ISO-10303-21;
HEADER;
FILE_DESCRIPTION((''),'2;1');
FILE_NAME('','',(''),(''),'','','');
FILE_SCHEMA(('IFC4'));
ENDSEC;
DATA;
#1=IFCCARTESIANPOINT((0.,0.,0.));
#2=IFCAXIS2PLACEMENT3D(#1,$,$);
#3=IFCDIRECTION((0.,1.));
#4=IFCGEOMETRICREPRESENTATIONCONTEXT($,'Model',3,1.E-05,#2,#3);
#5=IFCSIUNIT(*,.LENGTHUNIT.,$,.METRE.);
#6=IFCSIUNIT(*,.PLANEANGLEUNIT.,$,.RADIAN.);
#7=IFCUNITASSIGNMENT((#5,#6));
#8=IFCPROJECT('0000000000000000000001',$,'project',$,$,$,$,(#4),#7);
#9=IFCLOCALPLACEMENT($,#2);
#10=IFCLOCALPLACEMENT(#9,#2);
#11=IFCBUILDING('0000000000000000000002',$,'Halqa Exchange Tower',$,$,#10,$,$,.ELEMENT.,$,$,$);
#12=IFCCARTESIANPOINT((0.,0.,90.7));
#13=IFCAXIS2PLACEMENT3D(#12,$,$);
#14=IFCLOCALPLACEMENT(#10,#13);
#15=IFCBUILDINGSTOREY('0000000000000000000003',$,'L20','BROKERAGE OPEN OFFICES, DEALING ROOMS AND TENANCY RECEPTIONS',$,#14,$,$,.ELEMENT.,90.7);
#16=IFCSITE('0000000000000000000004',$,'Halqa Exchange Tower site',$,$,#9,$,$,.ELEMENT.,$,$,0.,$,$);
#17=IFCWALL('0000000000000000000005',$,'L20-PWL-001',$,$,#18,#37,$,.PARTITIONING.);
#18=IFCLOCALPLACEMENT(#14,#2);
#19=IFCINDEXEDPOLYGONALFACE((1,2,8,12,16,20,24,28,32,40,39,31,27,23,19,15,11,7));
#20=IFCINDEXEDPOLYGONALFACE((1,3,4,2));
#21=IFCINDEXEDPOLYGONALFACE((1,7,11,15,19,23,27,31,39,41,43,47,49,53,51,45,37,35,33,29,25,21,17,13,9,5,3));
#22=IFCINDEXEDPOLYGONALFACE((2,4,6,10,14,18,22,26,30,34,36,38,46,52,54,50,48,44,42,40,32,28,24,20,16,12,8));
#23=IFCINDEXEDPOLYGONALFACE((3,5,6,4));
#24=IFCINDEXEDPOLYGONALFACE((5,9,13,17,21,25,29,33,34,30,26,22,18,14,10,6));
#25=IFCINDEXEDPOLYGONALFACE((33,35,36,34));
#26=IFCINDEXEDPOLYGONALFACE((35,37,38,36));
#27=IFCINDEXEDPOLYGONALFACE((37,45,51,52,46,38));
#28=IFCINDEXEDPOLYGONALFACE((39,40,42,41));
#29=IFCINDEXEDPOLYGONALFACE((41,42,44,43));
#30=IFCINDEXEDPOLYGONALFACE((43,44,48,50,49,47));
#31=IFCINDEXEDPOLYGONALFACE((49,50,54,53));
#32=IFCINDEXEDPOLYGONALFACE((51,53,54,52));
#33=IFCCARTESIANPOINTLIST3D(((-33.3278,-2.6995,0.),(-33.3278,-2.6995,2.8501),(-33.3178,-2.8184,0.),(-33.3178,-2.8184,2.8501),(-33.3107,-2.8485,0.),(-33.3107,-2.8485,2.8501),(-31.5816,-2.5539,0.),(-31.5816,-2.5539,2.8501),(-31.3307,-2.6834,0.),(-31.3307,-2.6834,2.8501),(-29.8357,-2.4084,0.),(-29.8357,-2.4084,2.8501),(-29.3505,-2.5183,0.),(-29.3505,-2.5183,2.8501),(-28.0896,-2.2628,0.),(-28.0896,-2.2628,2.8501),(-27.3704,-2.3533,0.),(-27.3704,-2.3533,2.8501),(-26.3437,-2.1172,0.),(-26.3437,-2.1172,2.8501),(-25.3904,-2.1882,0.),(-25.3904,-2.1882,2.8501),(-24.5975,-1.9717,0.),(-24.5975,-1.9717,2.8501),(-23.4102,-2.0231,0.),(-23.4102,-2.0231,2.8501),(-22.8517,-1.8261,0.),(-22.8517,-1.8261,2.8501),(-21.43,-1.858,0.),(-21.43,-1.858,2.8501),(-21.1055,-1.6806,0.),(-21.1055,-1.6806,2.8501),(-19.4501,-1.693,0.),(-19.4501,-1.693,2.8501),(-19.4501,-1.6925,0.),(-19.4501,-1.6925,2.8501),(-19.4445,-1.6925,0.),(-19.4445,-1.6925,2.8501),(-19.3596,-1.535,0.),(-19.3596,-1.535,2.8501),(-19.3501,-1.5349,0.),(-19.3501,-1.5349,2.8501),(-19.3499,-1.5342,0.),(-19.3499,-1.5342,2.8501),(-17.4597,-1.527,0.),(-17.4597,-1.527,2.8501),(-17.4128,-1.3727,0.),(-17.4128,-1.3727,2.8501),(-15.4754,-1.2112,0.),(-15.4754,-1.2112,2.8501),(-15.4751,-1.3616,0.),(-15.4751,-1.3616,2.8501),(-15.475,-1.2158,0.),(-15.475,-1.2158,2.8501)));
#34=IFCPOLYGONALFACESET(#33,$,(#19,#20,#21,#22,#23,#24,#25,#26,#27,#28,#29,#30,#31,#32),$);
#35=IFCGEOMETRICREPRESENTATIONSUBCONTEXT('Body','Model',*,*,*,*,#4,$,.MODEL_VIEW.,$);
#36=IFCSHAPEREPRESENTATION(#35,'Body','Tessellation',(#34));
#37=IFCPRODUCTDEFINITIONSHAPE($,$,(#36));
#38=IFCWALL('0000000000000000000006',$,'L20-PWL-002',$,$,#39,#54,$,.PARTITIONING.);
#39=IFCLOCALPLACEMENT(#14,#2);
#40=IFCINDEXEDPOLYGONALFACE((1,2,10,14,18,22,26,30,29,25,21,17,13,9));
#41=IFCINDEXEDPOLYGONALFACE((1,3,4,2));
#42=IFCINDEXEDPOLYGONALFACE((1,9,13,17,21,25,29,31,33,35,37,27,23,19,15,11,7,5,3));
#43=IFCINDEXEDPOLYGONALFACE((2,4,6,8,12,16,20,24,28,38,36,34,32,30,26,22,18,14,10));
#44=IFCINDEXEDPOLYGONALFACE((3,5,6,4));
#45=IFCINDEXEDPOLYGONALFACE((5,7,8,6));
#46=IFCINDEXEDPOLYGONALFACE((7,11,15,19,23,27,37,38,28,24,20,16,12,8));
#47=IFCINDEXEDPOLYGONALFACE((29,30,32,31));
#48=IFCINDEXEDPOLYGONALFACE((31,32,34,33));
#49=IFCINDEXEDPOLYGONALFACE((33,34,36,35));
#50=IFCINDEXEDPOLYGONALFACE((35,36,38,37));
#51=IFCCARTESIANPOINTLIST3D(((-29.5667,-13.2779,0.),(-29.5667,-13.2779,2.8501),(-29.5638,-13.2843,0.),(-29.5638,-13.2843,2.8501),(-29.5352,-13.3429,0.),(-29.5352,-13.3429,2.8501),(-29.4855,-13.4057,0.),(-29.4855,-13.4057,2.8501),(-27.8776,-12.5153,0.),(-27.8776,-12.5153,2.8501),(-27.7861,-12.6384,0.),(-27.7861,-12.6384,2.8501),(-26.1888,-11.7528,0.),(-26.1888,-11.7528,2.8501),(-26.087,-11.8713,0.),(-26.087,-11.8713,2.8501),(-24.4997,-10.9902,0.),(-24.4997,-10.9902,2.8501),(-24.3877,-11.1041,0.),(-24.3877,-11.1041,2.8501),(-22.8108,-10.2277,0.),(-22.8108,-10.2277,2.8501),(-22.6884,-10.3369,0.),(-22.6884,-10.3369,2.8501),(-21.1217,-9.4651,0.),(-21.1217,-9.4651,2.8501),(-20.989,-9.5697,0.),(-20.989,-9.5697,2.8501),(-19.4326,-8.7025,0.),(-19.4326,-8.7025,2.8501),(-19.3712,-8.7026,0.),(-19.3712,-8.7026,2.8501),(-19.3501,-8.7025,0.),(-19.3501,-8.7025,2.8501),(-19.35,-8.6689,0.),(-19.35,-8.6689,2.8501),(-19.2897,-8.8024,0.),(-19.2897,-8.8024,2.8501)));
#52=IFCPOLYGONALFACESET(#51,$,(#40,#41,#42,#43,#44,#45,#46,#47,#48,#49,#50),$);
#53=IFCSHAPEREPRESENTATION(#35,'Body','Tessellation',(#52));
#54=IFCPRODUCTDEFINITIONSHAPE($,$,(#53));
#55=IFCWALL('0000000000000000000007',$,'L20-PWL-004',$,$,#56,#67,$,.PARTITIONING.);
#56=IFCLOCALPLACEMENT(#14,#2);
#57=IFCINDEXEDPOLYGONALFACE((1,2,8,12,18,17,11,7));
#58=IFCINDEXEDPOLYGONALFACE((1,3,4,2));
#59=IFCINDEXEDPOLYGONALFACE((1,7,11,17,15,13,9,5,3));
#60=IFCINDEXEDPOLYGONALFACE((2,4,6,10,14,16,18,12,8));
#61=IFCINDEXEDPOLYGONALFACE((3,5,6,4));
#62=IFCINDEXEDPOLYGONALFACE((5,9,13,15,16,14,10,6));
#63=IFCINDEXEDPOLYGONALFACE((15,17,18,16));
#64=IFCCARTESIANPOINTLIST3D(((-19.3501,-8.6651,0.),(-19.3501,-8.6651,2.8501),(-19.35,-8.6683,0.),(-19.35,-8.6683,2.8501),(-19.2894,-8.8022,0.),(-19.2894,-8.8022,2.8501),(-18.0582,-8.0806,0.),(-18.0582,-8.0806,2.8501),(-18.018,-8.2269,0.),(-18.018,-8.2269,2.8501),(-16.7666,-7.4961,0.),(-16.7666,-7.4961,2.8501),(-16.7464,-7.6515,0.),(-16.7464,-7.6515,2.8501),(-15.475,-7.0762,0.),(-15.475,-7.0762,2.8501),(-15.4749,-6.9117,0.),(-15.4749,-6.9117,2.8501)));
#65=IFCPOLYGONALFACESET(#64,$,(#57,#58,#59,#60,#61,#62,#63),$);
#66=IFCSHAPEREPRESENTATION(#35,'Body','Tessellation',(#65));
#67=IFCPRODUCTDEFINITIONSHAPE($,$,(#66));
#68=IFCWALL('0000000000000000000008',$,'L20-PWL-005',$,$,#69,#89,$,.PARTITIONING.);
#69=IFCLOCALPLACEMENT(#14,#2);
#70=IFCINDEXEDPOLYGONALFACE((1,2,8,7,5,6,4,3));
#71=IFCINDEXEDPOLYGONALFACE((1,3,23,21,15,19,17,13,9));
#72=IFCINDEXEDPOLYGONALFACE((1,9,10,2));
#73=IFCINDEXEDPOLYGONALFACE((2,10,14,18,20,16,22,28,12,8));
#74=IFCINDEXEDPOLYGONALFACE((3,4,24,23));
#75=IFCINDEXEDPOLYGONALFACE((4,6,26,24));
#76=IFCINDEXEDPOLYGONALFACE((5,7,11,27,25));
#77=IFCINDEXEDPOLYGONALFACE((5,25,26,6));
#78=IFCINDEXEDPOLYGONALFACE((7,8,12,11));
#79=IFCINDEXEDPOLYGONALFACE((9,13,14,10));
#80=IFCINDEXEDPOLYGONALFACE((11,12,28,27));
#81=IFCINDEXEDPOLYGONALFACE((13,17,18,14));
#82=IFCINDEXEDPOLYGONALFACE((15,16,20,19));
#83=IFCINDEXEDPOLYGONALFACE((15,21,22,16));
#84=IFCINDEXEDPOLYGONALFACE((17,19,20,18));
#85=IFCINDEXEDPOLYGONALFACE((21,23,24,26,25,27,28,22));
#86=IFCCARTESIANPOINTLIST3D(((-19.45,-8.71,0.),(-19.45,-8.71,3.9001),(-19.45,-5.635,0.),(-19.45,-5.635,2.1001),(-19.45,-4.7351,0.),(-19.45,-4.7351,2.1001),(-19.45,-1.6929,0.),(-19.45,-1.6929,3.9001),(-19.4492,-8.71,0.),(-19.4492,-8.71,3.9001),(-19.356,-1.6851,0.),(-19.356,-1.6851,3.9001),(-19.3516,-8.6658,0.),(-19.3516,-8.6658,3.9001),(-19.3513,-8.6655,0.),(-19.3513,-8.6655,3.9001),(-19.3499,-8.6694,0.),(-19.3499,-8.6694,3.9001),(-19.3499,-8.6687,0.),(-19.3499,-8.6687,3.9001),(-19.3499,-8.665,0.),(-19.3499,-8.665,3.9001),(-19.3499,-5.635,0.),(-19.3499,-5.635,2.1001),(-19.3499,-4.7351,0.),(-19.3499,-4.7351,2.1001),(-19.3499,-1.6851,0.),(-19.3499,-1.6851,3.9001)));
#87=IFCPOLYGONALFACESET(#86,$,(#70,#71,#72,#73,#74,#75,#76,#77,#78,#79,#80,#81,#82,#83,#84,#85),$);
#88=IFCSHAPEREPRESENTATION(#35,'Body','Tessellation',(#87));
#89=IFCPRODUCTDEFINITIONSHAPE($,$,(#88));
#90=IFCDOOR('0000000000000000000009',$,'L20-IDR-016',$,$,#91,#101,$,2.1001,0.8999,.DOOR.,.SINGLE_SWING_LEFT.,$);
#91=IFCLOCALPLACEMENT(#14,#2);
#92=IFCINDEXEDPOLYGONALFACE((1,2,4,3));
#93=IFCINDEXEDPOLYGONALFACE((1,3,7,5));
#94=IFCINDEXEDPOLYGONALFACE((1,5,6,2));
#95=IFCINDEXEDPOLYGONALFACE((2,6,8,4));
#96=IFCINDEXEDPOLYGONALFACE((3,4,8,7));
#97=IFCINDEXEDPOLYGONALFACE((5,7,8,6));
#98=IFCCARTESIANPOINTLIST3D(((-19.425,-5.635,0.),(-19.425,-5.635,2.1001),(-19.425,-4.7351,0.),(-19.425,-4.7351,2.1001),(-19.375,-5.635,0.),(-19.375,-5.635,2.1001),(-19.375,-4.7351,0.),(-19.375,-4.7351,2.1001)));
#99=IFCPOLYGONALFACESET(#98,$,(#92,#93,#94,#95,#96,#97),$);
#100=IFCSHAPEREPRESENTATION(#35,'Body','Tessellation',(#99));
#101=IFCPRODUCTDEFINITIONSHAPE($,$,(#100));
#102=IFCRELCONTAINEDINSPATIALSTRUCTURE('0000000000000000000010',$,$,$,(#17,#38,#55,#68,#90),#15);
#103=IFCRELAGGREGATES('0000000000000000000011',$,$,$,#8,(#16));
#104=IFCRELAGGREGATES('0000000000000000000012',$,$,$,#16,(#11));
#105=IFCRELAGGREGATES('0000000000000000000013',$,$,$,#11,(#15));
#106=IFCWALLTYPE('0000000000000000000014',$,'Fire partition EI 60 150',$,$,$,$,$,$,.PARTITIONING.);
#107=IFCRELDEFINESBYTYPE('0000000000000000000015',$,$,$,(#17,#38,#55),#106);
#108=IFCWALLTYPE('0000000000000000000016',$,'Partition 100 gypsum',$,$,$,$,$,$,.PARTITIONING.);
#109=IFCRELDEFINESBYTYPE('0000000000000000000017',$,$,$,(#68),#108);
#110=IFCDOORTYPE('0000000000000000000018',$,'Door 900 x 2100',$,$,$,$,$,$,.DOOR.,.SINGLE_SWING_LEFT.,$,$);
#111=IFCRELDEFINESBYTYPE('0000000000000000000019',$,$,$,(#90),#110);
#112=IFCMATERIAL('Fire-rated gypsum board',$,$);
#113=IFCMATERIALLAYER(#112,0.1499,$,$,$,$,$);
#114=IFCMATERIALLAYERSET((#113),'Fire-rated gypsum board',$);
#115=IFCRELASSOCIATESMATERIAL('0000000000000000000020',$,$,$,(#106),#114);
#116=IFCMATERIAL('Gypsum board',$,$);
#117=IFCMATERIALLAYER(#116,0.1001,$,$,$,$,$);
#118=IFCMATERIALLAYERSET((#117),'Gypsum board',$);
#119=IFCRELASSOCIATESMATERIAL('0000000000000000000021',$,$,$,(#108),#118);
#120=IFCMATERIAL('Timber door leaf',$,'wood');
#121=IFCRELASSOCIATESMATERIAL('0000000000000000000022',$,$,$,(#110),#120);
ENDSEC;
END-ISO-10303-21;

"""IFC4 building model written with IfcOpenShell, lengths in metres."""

from ifc_helpers import new_model, si_unit, direction, frame, frame_2d, origin, place, context, subcontext, project, spatial, polyline, rectangle, outline, extrude, material, layer, layer_set, type_object, element, fill, save


model = new_model("IFC4")

# Units and contexts
model_context = context("Model", 3, precision=1e-05, world=origin(), true_north=direction((0.0, 1.0)))
body_context = subcontext(model_context, "Body", "Model", "MODEL_VIEW")
ifc_project = project(units=[si_unit("LENGTHUNIT", "METRE"), si_unit("PLANEANGLEUNIT", "RADIAN")], contexts=[model_context])

# Site, building, storey
site_placement = place(None, origin())
site = spatial("IfcSite", under=ifc_project, at=site_placement, Name="Halqa Exchange Tower site", CompositionType="ELEMENT", RefElevation=0.0)
building_placement = place(site_placement, origin())
building = spatial("IfcBuilding", under=site, at=building_placement, Name="Halqa Exchange Tower", CompositionType="ELEMENT")
storey_placement = place(building_placement, frame((0.0, 0.0, 90.7)))
storey = spatial("IfcBuildingStorey", under=building, at=storey_placement, Name="L20", Description="BROKERAGE OPEN OFFICES, DEALING ROOMS AND TENANCY RECEPTIONS", CompositionType="ELEMENT", Elevation=90.7)

# Walls
ifc_material_1 = material(Name="Fire-rated gypsum board")
ifc_layer_1 = layer(ifc_material_1, 0.1499)
ifc_layer_set_1 = layer_set([ifc_layer_1], Name="Fire-rated gypsum board")
wall_type_1 = type_object("IfcWallType", Name="Fire partition EI 60 150", PredefinedType="PARTITIONING", material=ifc_layer_set_1)
wall_1_placement = place(storey_placement, frame((-33.3215, -2.7742, 0.0), z_axis=(0.0, 0.0, 1.0), x_axis=(0.996543, 0.083078, 0.0)))
element("IfcWall", 1, at=wall_1_placement, inside=storey, type_object=wall_type_1, Name="L20-PWL-001", PredefinedType="PARTITIONING", context=body_context, shape_type="SweptSolid", body=[
    extrude(outline(polyline([(0.0046, -0.075), (1.9915, -0.075), (3.9785, -0.075), (5.9656, -0.075), (7.9524, -0.075), (9.9395, -0.075), (11.9265, -0.075), (13.9133, -0.075), (13.9133, -0.0745), (13.9189, -0.075), (15.9106, -0.075), (17.9021, -0.075), (17.9143, 0.0703), (17.9143, 0.075), (15.9702, 0.075), (14.0264, 0.075), (14.0261, 0.0742), (14.0166, 0.075), (12.2646, 0.075), (10.5125, 0.075), (8.7605, 0.075), (7.0083, 0.075), (5.2563, 0.075), (3.5042, 0.075), (1.7522, 0.075), (0.0, 0.075), (0.0, -0.0444), (0.0046, -0.075)])), origin(), (0.0, 0.0, 1.0), 2.8501),
])
wall_2_placement = place(storey_placement, frame((-29.5359, -13.3462, 0.0), z_axis=(0.0, 0.0, 1.0), x_axis=(0.911415, 0.411489, 0.0)))
element("IfcWall", 2, at=wall_2_placement, inside=storey, type_object=wall_type_1, Name="L20-PWL-002", PredefinedType="PARTITIONING", context=body_context, shape_type="SweptSolid", body=[
    extrude(outline(polyline([(11.2083, -0.075), (11.2083, 0.0715), (11.1943, 0.041), (11.175, 0.0496), (11.175, 0.0496), (11.1191, 0.075), (9.2659, 0.075), (7.4126, 0.075), (5.5596, 0.075), (3.7063, 0.075), (1.8533, 0.075), (0.0, 0.075), (0.0, 0.0679), (0.002, 0.0027), (0.0215, -0.075), (1.886, -0.075), (3.7502, -0.075), (5.6147, -0.075), (7.4792, -0.075), (9.3438, -0.075), (11.2083, -0.075)])), origin(), (0.0, 0.0, 1.0), 2.8501),
])
wall_3_placement = place(storey_placement, frame((-19.3203, -8.7339, 0.0), z_axis=(0.0, 0.0, 1.0), x_axis=(0.911075, 0.412242, 0.0)))
element("IfcWall", 3, at=wall_3_placement, inside=storey, type_object=wall_type_1, Name="L20-PWL-004", PredefinedType="PARTITIONING", context=body_context, shape_type="SweptSolid", body=[
    extrude(outline(polyline([(0.0, -0.075), (1.3955, -0.075), (2.7913, -0.075), (4.1868, -0.075), (4.2546, 0.075), (2.8369, 0.075), (1.4192, 0.075), (0.0012, 0.075), (0.0, 0.072), (0.0, -0.075)])), origin(), (0.0, 0.0, 1.0), 2.8501),
])

# Wall, opening, door
ifc_material_2 = material(Name="Gypsum board")
ifc_layer_2 = layer(ifc_material_2, 0.1001)
ifc_layer_set_2 = layer_set([ifc_layer_2], Name="Gypsum board")
wall_type_2 = type_object("IfcWallType", Name="Partition 100 gypsum", PredefinedType="PARTITIONING", material=ifc_layer_set_2)
wall_4_placement = place(storey_placement, frame((-19.3999, -8.71, 0.0), z_axis=(0.0, 0.0, 1.0), x_axis=(0.0, 1.0, 0.0)))
wall_4 = element("IfcWall", 4, at=wall_4_placement, inside=storey, type_object=wall_type_2, Name="L20-PWL-005", PredefinedType="PARTITIONING", context=body_context, shape_type="SweptSolid", body=[
    extrude(outline(polyline([(0.0405, -0.05), (0.0413, -0.05), (0.0444, -0.0486), (0.0449, -0.05), (1.79, -0.05), (3.5349, -0.05), (5.28, -0.05), (7.0249, -0.05), (7.0249, -0.0439), (7.0171, 0.05), (5.2627, 0.05), (3.5085, 0.05), (1.7542, 0.05), (0.0, 0.05), (0.0, 0.0493), (0.0442, -0.0483), (0.0405, -0.05)])), origin(), (0.0, 0.0, 1.0), 3.9001),
])
opening_1_placement = place(wall_4_placement, frame((3.075, 0.0, 0.0)))
opening_1 = element("IfcOpeningElement", 5, at=opening_1_placement, cuts=wall_4, PredefinedType="OPENING", context=body_context, shape_type="SweptSolid", body=[
    extrude(rectangle(XDim=0.8999, YDim=2.1001, at=frame_2d((0.45, 1.05))), frame((0.0, 0.062, 0.0), z_axis=(0.0, -1.0, 0.0), x_axis=(1.0, 0.0, 0.0)), (0.0, 0.0, 1.0), 0.124),
])
ifc_material_3 = material(Name="Timber door leaf", Category="wood")
door_type_1 = type_object("IfcDoorType", Name="Door 900 x 2100", OperationType="SINGLE_SWING_LEFT", PredefinedType="DOOR", material=ifc_material_3)
door_1_placement = place(opening_1_placement, frame((0.8999, 0.0, 0.0), z_axis=(0.0, 0.0, 1.0), x_axis=(-1.0, 0.0, 0.0)))
door_1 = element("IfcDoor", 6, at=door_1_placement, inside=storey, type_object=door_type_1, Name="L20-IDR-016", OperationType="SINGLE_SWING_LEFT", OverallHeight=2.1001, OverallWidth=0.8999, PredefinedType="DOOR", context=body_context, shape_type="SweptSolid", body=[
    extrude(rectangle(XDim=0.8999, YDim=2.1001, at=frame_2d((0.45, 1.05))), frame((0.0, 0.0249, 0.0), z_axis=(0.0, -1.0, 0.0), x_axis=(1.0, 0.0, 0.0)), (0.0, 0.0, 1.0), 0.05),
])
fill(opening_1, door_1)

save(model, "model.ifc")
